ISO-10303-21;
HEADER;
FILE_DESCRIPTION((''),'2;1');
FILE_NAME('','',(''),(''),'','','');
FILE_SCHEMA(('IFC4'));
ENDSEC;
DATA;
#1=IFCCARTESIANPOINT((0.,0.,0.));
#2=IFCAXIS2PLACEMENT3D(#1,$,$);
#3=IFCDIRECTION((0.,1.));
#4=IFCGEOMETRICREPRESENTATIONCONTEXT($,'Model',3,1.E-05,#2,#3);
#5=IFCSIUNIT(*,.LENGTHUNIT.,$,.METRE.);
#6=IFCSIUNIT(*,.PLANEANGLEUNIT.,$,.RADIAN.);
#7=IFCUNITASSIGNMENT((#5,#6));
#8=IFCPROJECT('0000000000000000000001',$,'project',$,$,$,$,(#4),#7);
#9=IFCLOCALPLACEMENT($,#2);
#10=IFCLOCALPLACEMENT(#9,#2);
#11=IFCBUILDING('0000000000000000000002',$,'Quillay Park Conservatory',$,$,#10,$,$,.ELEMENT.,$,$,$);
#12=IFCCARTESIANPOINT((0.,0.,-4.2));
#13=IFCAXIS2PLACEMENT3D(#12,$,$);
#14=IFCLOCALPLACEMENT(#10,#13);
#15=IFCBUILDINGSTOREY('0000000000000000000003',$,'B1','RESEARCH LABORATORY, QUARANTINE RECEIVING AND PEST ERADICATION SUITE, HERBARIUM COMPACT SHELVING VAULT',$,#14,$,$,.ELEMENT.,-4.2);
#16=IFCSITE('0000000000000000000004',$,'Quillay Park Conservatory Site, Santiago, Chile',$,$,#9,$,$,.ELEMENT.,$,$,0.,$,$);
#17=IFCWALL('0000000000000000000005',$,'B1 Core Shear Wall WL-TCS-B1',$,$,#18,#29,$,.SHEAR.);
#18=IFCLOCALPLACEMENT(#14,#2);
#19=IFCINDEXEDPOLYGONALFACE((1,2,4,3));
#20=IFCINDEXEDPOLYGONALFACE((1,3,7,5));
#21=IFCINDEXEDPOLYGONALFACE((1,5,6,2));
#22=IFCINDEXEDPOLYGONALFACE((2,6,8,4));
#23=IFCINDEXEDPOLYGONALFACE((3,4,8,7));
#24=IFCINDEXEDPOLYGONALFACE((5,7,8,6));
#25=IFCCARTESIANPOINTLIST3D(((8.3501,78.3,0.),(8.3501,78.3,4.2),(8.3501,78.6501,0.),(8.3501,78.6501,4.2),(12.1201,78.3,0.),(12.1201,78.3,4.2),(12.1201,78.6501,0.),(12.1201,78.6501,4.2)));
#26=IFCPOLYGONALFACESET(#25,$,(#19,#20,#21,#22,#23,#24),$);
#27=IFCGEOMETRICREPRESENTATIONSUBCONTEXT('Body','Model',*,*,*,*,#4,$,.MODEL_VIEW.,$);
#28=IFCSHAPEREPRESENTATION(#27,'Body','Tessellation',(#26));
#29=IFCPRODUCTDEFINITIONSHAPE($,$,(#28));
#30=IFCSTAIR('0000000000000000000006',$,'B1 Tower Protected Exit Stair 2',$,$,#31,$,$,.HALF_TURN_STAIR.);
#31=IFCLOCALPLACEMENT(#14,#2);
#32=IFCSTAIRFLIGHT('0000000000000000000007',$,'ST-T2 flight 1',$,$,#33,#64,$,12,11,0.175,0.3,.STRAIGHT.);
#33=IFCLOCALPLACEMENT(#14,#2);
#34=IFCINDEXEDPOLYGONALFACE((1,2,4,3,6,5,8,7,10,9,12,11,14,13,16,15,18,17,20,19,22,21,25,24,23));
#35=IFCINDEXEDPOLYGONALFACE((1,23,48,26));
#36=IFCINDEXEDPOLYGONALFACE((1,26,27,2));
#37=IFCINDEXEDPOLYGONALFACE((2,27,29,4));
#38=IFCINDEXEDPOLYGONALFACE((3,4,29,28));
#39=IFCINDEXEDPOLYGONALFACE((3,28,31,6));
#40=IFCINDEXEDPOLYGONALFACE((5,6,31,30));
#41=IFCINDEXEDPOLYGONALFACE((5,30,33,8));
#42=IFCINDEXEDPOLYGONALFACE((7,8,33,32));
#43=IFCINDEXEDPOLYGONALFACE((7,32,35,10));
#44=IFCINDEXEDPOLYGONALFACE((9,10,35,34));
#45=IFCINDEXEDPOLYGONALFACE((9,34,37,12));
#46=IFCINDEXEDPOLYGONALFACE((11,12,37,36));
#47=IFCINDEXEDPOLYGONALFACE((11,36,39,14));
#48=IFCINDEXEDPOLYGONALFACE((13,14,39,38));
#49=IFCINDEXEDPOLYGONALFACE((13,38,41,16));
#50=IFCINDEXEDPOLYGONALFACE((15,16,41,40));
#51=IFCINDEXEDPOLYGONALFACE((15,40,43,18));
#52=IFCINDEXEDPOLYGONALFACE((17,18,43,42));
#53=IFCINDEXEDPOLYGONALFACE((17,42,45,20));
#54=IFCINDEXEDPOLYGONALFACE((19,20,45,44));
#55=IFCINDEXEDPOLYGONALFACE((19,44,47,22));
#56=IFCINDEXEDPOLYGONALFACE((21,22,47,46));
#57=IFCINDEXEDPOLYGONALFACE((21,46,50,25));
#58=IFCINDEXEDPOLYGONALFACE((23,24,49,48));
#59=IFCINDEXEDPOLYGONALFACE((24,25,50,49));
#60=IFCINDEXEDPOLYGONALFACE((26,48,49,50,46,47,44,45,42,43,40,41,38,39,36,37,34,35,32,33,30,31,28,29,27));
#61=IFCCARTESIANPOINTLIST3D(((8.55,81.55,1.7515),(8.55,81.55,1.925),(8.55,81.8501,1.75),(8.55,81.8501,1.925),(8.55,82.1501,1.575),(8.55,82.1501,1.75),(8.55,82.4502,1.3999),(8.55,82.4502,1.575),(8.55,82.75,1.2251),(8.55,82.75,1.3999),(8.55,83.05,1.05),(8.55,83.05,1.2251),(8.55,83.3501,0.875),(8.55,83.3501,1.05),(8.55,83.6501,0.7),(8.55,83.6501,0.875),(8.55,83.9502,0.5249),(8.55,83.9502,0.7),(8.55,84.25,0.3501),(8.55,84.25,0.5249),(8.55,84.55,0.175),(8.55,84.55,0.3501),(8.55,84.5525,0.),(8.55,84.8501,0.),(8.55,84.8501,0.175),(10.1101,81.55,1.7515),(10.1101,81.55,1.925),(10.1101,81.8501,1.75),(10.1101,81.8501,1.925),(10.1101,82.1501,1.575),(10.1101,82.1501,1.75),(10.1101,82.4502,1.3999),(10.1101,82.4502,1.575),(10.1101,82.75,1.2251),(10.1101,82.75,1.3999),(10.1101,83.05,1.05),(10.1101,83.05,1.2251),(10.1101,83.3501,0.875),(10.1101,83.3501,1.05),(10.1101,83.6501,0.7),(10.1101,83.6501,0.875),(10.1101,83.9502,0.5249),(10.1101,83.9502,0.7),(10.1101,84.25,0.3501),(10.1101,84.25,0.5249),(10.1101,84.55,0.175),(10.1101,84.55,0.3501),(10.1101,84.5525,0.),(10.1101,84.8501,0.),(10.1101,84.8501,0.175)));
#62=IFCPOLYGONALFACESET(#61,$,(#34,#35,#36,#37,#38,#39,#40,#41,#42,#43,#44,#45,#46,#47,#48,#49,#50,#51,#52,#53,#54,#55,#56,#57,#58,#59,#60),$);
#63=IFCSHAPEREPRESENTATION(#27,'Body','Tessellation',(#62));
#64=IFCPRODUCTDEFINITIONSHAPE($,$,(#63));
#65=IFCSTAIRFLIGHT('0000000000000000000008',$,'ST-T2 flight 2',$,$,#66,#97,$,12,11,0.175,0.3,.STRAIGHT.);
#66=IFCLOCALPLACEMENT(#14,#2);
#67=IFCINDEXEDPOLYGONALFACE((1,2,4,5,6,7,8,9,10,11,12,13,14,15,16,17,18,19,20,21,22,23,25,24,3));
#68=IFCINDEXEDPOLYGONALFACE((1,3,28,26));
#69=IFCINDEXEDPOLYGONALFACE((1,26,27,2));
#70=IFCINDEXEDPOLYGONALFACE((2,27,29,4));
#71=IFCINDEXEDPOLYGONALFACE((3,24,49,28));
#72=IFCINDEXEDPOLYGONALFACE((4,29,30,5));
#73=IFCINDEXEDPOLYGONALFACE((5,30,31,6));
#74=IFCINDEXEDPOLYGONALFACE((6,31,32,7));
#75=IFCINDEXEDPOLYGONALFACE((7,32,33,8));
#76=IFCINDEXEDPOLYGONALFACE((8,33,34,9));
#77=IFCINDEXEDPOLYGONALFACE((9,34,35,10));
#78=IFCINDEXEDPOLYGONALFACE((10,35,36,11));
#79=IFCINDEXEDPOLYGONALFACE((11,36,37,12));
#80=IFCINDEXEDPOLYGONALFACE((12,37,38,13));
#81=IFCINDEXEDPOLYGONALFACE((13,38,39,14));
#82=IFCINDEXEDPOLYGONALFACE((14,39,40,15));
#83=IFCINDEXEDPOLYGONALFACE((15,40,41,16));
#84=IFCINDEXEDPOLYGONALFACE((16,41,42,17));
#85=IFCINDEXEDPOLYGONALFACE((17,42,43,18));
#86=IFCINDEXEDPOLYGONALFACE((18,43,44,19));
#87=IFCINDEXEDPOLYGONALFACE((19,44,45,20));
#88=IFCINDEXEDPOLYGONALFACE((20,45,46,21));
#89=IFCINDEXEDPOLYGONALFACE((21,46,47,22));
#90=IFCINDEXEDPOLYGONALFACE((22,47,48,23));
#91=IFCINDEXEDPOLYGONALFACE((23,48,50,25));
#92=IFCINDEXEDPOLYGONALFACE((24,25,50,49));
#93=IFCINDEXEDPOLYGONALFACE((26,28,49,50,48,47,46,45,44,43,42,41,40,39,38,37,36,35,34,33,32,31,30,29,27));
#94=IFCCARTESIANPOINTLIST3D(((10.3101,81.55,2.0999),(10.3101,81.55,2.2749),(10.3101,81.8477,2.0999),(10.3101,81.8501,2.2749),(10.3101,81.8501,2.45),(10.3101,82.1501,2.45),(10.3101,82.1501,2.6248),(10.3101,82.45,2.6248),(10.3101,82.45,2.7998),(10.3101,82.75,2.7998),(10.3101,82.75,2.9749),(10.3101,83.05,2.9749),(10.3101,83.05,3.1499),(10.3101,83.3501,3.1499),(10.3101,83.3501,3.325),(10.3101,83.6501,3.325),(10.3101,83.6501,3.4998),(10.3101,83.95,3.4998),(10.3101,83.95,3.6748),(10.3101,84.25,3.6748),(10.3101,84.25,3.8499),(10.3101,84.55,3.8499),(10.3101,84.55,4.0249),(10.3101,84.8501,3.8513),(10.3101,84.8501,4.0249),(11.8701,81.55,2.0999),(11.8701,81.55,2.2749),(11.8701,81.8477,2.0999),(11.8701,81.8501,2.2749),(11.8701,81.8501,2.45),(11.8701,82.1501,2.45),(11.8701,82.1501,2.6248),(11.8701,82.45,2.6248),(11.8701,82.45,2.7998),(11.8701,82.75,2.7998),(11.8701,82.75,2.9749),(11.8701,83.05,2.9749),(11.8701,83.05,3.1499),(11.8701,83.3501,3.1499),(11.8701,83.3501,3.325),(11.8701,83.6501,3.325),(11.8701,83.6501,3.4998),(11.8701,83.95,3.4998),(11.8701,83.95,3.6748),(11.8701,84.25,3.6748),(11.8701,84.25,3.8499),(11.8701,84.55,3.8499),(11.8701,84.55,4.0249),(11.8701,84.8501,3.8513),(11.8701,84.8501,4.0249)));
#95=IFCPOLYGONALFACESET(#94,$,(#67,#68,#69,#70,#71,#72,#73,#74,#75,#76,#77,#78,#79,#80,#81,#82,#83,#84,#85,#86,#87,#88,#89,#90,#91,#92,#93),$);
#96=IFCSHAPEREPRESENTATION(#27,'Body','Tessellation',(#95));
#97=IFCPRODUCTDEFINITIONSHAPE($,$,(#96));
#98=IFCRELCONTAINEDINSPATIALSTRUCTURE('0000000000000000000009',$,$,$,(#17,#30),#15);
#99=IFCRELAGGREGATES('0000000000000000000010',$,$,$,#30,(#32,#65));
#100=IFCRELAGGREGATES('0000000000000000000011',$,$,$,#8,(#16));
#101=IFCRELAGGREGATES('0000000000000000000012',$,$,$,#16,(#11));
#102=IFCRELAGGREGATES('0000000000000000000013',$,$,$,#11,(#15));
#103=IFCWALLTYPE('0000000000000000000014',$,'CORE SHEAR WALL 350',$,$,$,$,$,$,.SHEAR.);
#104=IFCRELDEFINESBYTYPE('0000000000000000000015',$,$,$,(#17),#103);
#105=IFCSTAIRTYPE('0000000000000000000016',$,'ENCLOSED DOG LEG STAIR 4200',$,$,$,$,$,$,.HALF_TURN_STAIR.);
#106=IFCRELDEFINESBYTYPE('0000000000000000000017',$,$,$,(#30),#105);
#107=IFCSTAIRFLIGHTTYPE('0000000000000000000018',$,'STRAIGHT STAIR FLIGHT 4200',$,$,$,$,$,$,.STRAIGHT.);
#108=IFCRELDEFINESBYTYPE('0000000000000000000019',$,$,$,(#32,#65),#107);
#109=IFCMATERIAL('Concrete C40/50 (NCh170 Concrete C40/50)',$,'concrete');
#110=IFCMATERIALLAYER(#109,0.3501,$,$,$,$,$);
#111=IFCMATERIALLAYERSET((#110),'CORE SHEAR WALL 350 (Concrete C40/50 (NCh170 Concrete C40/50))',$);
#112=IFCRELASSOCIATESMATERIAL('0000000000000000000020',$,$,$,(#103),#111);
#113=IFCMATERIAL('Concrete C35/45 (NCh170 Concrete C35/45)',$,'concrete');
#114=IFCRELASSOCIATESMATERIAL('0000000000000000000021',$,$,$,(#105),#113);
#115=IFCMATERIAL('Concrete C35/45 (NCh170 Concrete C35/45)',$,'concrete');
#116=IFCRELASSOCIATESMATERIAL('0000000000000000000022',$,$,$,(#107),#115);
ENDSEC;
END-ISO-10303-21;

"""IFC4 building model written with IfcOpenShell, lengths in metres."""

from ifc_helpers import new_model, si_unit, direction, frame, frame_2d, origin, place, context, subcontext, project, spatial, polyline, rectangle, outline, extrude, material, layer, layer_set, type_object, element, aggregate, save


model = new_model("IFC4")

# Units and contexts
model_context = context("Model", 3, precision=1e-05, world=origin(), true_north=direction((0.0, 1.0)))
body_context = subcontext(model_context, "Body", "Model", "MODEL_VIEW")
ifc_project = project(units=[si_unit("LENGTHUNIT", "METRE"), si_unit("PLANEANGLEUNIT", "RADIAN")], contexts=[model_context])

# Site, building, storey
site_placement = place(None, origin())
site = spatial("IfcSite", under=ifc_project, at=site_placement, Name="Quillay Park Conservatory Site, Santiago, Chile", CompositionType="ELEMENT", RefElevation=0.0)
building_placement = place(site_placement, origin())
building = spatial("IfcBuilding", under=site, at=building_placement, Name="Quillay Park Conservatory", CompositionType="ELEMENT")
storey_placement = place(building_placement, frame((0.0, 0.0, -4.2)))
storey = spatial("IfcBuildingStorey", under=building, at=storey_placement, Name="B1", Description="RESEARCH LABORATORY, QUARANTINE RECEIVING AND PEST ERADICATION SUITE, HERBARIUM COMPACT SHELVING VAULT", CompositionType="ELEMENT", Elevation=-4.2)

# Wall
ifc_material_1 = material(Name="Concrete C40/50 (NCh170 Concrete C40/50)", Category="concrete")
ifc_layer_1 = layer(ifc_material_1, 0.3501)
ifc_layer_set_1 = layer_set([ifc_layer_1], Name="CORE SHEAR WALL 350 (Concrete C40/50 (NCh170 Concrete C40/50))")
wall_type_1 = type_object("IfcWallType", Name="CORE SHEAR WALL 350", PredefinedType="SHEAR", material=ifc_layer_set_1)
wall_1_placement = place(storey_placement, frame((8.3501, 78.4751, 0.0), z_axis=(0.0, 0.0, 1.0), x_axis=(1.0, 0.0, 0.0)))
element("IfcWall", 1, at=wall_1_placement, inside=storey, type_object=wall_type_1, Name="B1 Core Shear Wall WL-TCS-B1", PredefinedType="SHEAR", context=body_context, shape_type="SweptSolid", body=[
    extrude(rectangle(XDim=3.77, YDim=0.3501, at=frame_2d((1.885, 0.0))), origin(), (0.0, 0.0, 1.0), 4.2),
])

# Stair, stair flights
ifc_material_2 = material(Name="Concrete C35/45 (NCh170 Concrete C35/45)", Category="concrete")
stair_type = type_object("IfcStairType", Name="ENCLOSED DOG LEG STAIR 4200", PredefinedType="HALF_TURN_STAIR", material=ifc_material_2)
stair_placement = place(storey_placement, origin())
stair = element("IfcStair", 2, at=stair_placement, inside=storey, type_object=stair_type, Name="B1 Tower Protected Exit Stair 2", PredefinedType="HALF_TURN_STAIR")
ifc_material_3 = material(Name="Concrete C35/45 (NCh170 Concrete C35/45)", Category="concrete")
stair_flight_type = type_object("IfcStairFlightType", Name="STRAIGHT STAIR FLIGHT 4200", PredefinedType="STRAIGHT", material=ifc_material_3)
stair_flight_1_placement = place(storey_placement, frame((9.3301, 84.8501, 0.0), z_axis=(0.0, 0.0, 1.0), x_axis=(0.0, -1.0, 0.0)))
stair_flight_1 = element("IfcStairFlight", 3, at=stair_flight_1_placement, type_object=stair_flight_type, Name="ST-T2 flight 1", NumberOfRisers=12, NumberOfTreads=11, PredefinedType="STRAIGHT", RiserHeight=0.175, TreadLength=0.3, context=body_context, shape_type="SweptSolid", body=[
    extrude(outline(polyline([(0.0, 0.0), (0.0, 0.175), (0.3, 0.175), (0.3, 0.3501), (0.6001, 0.3501), (0.6001, 0.5249), (0.8999, 0.5249), (0.8999, 0.7), (1.2, 0.7), (1.2, 0.875), (1.5, 0.875), (1.5, 1.05), (1.8, 1.05), (1.8, 1.2251), (2.1001, 1.2251), (2.1001, 1.3999), (2.3999, 1.3999), (2.3999, 1.575), (2.7, 1.575), (2.7, 1.75), (3.0, 1.75), (3.0, 1.925), (3.3, 1.925), (3.3, 2.1001), (3.3, 1.7515), (0.2976, 0.0), (0.0, 0.0)])), frame((0.0, 0.78, 0.0), z_axis=(0.0, -1.0, 0.0), x_axis=(1.0, 0.0, 0.0)), (0.0, 0.0, 1.0), 1.5601),
])
stair_flight_2_placement = place(storey_placement, frame((11.0901, 81.55, 2.0999), z_axis=(0.0, 0.0, 1.0), x_axis=(0.0, 1.0, 0.0)))
stair_flight_2 = element("IfcStairFlight", 4, at=stair_flight_2_placement, type_object=stair_flight_type, Name="ST-T2 flight 2", NumberOfRisers=12, NumberOfTreads=11, PredefinedType="STRAIGHT", RiserHeight=0.175, TreadLength=0.3, context=body_context, shape_type="SweptSolid", body=[
    extrude(outline(polyline([(0.0, 0.0), (0.0, 0.175), (0.3, 0.175), (0.3, 0.3501), (0.6001, 0.3501), (0.6001, 0.5249), (0.8999, 0.5249), (0.8999, 0.7), (1.2, 0.7), (1.2, 0.875), (1.5, 0.875), (1.5, 1.05), (1.8, 1.05), (1.8, 1.2251), (2.1001, 1.2251), (2.1001, 1.3999), (2.3999, 1.3999), (2.3999, 1.575), (2.7, 1.575), (2.7, 1.75), (3.0, 1.75), (3.0, 1.925), (3.3, 1.925), (3.3, 2.1001), (3.3, 1.7515), (0.2976, 0.0), (0.0, 0.0)])), frame((0.0, 0.78, 0.0), z_axis=(0.0, -1.0, 0.0), x_axis=(1.0, 0.0, 0.0)), (0.0, 0.0, 1.0), 1.5601),
])
aggregate(stair, [stair_flight_1, stair_flight_2])

save(model, "model.ifc")
